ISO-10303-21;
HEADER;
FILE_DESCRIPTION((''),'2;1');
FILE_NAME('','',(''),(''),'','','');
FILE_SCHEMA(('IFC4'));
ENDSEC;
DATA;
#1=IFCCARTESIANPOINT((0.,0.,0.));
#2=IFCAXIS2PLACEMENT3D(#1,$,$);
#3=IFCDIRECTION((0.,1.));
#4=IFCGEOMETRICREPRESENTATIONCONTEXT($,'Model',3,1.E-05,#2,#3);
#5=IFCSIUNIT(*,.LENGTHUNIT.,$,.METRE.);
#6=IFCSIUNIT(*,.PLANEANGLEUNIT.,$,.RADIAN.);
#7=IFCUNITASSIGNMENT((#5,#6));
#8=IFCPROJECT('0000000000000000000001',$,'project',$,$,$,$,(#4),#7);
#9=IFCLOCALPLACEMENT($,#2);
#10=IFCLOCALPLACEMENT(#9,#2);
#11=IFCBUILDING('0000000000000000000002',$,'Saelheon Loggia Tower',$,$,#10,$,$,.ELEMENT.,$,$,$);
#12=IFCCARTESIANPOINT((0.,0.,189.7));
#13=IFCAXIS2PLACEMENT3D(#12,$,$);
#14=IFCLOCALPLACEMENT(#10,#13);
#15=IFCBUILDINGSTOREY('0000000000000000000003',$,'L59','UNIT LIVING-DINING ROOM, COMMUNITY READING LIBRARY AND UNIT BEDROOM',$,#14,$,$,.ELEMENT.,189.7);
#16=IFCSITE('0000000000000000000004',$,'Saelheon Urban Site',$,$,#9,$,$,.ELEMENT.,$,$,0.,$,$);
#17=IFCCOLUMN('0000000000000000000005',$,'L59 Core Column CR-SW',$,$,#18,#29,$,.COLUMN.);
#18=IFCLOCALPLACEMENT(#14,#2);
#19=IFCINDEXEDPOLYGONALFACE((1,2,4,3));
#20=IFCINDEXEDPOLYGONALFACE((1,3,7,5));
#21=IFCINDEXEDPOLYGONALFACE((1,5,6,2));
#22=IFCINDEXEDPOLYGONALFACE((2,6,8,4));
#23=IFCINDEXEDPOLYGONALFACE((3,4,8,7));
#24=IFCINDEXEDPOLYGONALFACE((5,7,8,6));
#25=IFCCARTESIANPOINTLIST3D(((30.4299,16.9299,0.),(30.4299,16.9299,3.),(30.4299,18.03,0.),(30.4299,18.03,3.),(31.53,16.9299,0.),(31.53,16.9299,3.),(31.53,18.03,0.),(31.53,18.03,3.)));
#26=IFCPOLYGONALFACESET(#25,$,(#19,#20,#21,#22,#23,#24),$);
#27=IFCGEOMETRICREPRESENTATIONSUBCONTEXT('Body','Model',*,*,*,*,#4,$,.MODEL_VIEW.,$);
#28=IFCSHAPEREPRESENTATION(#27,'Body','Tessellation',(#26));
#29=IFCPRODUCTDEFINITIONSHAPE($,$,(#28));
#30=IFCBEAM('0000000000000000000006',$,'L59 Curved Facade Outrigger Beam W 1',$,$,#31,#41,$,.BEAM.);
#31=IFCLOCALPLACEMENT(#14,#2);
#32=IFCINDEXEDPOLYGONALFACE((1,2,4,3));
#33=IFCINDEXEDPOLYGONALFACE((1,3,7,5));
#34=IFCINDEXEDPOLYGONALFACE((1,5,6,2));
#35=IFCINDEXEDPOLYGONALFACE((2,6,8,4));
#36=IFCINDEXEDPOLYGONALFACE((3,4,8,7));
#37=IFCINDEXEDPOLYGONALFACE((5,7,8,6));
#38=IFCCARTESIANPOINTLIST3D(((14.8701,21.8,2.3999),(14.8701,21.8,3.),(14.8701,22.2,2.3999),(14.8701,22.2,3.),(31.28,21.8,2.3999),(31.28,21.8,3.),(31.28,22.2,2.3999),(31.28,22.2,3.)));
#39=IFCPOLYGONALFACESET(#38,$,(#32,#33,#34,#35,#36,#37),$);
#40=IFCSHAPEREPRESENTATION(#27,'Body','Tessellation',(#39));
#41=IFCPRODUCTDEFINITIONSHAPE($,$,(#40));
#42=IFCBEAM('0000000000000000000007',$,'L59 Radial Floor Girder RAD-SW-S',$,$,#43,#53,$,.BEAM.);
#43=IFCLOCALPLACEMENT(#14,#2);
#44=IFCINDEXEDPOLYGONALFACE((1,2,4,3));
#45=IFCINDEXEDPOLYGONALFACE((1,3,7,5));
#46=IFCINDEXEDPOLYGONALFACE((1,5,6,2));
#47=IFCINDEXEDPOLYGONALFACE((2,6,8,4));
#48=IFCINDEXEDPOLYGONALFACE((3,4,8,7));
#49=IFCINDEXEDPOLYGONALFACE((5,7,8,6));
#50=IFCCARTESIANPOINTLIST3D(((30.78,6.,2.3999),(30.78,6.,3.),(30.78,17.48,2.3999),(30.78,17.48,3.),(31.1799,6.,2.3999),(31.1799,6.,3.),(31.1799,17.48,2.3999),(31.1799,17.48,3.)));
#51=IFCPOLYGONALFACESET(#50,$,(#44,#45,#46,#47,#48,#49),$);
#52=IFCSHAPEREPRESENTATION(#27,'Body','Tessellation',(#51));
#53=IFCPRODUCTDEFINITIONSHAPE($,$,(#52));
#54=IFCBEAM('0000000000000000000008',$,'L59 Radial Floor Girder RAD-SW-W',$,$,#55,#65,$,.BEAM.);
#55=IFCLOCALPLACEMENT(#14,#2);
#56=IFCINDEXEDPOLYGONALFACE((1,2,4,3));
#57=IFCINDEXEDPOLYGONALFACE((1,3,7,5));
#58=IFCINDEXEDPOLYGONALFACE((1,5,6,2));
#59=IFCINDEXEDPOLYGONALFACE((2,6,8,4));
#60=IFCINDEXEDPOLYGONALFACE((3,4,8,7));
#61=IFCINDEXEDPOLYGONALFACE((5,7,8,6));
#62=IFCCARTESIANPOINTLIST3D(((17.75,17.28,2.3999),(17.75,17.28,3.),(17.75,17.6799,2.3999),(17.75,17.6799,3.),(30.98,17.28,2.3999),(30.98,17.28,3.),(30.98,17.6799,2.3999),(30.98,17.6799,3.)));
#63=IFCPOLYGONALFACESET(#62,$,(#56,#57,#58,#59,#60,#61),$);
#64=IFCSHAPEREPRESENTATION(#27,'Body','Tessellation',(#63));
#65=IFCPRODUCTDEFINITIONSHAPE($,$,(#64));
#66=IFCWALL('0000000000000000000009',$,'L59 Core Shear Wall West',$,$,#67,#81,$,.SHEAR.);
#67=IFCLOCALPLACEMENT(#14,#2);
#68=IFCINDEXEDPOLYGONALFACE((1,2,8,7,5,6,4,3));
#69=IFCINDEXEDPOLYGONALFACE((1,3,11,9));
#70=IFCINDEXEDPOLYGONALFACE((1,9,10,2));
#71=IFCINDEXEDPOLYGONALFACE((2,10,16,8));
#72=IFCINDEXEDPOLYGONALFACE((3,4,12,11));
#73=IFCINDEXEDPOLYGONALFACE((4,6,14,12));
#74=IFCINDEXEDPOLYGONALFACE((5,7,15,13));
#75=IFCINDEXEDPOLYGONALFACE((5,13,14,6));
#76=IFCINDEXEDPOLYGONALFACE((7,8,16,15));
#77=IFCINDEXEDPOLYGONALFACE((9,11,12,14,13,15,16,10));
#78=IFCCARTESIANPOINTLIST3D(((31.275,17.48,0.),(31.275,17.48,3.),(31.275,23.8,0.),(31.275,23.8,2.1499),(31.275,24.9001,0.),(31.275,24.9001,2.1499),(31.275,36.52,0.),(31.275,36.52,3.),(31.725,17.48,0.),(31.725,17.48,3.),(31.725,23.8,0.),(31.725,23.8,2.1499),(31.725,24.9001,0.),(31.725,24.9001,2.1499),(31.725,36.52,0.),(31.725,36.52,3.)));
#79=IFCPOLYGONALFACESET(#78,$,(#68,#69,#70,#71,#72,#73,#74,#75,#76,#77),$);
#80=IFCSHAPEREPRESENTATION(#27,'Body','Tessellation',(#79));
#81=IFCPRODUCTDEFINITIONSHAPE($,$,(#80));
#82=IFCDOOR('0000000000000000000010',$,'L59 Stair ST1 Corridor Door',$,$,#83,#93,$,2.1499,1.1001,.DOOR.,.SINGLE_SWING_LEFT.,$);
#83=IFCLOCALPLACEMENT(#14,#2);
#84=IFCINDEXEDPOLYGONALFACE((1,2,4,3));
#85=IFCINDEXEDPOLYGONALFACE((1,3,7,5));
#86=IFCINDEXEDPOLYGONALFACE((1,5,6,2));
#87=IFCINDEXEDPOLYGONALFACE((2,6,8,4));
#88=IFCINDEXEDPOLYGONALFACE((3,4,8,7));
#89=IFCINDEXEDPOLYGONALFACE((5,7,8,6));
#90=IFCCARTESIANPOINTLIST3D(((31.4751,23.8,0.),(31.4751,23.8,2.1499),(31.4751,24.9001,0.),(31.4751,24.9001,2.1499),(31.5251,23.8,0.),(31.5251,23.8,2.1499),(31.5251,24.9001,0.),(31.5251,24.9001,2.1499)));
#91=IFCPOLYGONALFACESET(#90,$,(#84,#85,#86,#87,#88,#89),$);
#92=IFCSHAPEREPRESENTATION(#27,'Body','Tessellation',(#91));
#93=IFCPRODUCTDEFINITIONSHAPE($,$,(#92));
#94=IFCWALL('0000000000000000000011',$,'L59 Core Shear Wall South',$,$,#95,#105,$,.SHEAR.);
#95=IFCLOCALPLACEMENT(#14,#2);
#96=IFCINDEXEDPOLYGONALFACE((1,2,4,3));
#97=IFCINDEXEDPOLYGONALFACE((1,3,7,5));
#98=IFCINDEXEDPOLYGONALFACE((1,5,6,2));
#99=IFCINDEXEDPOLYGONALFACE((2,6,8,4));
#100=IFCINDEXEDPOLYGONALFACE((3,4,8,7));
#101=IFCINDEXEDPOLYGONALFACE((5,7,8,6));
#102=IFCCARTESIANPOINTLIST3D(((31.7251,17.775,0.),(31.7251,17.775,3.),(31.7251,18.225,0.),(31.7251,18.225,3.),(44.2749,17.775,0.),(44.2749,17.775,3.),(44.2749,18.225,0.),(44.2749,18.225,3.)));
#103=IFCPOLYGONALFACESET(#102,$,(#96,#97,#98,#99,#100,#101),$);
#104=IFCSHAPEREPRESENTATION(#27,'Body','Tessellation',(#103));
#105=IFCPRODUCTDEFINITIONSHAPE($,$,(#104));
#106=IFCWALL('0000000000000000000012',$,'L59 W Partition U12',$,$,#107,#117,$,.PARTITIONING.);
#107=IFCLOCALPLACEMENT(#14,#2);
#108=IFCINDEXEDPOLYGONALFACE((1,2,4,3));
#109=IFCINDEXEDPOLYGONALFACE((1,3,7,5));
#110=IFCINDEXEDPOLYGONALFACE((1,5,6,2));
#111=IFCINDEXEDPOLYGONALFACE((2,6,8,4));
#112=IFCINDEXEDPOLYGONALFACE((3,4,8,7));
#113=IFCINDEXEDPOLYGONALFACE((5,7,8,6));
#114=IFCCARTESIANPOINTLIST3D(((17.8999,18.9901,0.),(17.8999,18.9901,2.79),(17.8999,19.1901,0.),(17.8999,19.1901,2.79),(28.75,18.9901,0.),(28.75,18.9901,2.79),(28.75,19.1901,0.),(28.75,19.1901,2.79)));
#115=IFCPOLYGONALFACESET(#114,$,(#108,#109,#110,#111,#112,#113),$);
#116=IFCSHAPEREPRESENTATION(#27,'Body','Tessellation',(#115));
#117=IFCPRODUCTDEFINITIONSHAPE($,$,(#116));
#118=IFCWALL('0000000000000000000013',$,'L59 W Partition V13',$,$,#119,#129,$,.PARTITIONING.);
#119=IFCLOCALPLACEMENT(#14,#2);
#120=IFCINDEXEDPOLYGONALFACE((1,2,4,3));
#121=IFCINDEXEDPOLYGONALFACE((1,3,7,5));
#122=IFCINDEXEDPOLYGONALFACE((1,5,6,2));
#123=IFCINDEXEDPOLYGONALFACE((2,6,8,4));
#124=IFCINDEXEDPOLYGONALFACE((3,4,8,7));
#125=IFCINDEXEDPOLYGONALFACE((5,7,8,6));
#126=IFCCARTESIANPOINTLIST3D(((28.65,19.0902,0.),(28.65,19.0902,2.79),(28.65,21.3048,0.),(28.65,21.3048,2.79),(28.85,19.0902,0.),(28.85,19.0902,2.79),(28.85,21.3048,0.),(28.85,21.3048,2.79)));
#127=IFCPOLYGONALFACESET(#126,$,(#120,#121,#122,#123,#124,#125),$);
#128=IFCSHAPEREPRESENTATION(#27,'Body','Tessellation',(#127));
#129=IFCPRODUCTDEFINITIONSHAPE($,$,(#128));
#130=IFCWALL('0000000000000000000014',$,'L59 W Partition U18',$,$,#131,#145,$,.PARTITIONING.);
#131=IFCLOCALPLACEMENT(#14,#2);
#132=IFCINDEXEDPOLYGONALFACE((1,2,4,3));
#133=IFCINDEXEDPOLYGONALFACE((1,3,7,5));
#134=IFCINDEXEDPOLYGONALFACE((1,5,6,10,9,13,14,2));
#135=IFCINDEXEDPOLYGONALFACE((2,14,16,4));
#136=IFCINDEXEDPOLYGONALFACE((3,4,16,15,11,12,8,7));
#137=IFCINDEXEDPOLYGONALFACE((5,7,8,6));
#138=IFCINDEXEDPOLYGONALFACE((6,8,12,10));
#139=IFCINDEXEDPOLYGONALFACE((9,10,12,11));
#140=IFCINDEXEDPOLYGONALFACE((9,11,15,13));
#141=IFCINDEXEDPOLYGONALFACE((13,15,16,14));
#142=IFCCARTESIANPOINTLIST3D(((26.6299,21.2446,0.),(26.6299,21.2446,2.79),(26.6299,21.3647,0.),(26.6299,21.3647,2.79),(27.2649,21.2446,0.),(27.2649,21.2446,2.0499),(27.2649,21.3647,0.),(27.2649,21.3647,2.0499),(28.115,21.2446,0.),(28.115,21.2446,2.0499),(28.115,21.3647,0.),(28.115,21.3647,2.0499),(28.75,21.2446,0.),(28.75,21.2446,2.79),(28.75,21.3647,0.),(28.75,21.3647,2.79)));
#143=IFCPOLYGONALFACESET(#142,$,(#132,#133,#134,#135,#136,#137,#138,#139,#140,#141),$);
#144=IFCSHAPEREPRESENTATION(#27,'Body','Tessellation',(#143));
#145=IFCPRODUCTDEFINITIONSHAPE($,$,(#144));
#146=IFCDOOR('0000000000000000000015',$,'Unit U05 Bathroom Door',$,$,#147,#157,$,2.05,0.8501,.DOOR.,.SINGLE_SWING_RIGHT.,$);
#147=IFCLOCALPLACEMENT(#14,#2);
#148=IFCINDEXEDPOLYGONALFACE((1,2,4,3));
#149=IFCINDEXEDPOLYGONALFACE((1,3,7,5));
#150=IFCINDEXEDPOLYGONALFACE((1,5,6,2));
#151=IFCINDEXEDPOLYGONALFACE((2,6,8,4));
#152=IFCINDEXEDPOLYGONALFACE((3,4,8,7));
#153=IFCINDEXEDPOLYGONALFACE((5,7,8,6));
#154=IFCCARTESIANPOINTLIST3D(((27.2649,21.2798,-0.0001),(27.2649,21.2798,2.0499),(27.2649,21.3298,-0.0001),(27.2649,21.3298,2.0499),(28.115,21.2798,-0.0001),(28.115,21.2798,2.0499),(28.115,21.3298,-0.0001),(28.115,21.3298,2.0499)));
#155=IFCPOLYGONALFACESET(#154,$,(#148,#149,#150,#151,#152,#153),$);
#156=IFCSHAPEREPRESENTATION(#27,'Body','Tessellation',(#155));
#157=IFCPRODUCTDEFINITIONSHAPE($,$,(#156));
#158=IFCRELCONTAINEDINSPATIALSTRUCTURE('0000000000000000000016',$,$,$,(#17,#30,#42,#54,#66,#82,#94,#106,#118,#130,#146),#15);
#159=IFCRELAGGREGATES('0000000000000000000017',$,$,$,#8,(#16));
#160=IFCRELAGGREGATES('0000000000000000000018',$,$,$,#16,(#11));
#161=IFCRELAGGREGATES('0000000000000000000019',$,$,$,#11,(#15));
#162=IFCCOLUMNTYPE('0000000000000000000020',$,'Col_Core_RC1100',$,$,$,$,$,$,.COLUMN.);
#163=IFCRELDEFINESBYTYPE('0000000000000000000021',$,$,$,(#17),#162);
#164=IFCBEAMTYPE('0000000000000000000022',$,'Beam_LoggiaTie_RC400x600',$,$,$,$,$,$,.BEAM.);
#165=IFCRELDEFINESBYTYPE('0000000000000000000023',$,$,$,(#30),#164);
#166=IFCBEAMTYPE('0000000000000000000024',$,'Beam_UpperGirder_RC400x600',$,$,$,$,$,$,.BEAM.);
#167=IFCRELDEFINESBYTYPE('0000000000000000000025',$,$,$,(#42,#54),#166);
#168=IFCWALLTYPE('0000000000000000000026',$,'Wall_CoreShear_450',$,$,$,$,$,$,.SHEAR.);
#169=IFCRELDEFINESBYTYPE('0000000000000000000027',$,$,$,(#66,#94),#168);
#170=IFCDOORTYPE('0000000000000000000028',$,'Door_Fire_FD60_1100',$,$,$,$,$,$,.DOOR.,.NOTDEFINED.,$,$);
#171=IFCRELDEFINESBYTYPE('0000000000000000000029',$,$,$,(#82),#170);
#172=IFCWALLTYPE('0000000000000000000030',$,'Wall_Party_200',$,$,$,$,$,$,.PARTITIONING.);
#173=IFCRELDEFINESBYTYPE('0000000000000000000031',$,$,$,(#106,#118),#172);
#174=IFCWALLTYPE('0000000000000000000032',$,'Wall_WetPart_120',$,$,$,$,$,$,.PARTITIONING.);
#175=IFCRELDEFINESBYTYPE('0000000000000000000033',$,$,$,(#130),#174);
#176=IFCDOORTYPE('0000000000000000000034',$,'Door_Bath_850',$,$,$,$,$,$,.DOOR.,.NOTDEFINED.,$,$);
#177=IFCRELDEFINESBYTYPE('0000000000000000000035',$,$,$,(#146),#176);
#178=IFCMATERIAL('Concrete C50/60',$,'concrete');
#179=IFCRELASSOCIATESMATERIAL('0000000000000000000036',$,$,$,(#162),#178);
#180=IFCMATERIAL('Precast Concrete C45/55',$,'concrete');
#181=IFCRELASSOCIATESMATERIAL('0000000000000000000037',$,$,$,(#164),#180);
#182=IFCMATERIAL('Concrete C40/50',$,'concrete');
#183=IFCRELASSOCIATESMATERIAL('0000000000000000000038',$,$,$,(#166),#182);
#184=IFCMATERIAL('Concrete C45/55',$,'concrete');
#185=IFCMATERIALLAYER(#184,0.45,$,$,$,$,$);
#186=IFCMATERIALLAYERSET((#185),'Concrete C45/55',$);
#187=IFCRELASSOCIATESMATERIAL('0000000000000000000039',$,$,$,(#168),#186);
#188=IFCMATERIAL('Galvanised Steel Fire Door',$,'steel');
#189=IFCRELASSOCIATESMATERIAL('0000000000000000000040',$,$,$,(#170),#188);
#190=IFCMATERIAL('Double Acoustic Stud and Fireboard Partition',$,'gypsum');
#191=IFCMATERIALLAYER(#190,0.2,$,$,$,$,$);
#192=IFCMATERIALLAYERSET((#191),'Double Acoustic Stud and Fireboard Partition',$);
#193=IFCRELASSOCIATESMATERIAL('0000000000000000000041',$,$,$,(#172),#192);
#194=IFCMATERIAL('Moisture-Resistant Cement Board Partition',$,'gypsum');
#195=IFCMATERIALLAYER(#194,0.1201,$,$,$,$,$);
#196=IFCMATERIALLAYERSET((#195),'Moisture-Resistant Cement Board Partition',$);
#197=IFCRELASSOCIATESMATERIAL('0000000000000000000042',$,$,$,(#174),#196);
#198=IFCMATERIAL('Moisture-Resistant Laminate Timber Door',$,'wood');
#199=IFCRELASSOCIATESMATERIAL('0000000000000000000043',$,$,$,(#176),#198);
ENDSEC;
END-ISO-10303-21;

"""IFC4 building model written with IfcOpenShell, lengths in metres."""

from ifc_helpers import new_model, si_unit, direction, frame, frame_2d, origin, origin_2d, place, context, subcontext, project, spatial, rectangle, extrude, source, transform, mapped, material, layer, layer_set, material_profile, profile_set, type_object, element, fill, save


model = new_model("IFC4")

# Units and contexts
model_context = context("Model", 3, precision=1e-05, world=origin(), true_north=direction((0.0, 1.0)))
body_context = subcontext(model_context, "Body", "Model", "MODEL_VIEW")
ifc_project = project(units=[si_unit("LENGTHUNIT", "METRE"), si_unit("PLANEANGLEUNIT", "RADIAN")], contexts=[model_context])

# Site, building, storey
site_placement = place(None, origin())
site = spatial("IfcSite", under=ifc_project, at=site_placement, Name="Saelheon Urban Site", CompositionType="ELEMENT", RefElevation=0.0)
building_placement = place(site_placement, origin())
building = spatial("IfcBuilding", under=site, at=building_placement, Name="Saelheon Loggia Tower", CompositionType="ELEMENT")
storey_placement = place(building_placement, frame((0.0, 0.0, 189.7)))
storey = spatial("IfcBuildingStorey", under=building, at=storey_placement, Name="L59", Description="UNIT LIVING-DINING ROOM, COMMUNITY READING LIBRARY AND UNIT BEDROOM", CompositionType="ELEMENT", Elevation=189.7)

# Column
ifc_material_1 = material(Name="Concrete C50/60", Category="concrete")
ifc_material_profile_1 = material_profile(ifc_material_1, rectangle(XDim=1.1001, YDim=1.1001, at=origin_2d()), Name="RC-1100x1100")
ifc_profile_set_1 = profile_set([ifc_material_profile_1], Name="Concrete C50/60")
column_type = type_object("IfcColumnType", Name="Col_Core_RC1100", PredefinedType="COLUMN", material=ifc_profile_set_1)
shared_shape_1 = source(origin(), body_context, "Body", "SweptSolid", [
    extrude(rectangle(XDim=1.1001, YDim=1.1001, at=origin_2d()), origin(), (0.0, 0.0, 1.0), 3.0),
])
column_placement = place(storey_placement, frame((30.98, 17.48, 0.0), z_axis=(0.0, 0.0, 1.0), x_axis=(1.0, 0.0, 0.0)))
element("IfcColumn", 1, at=column_placement, inside=storey, type_object=column_type, Name="L59 Core Column CR-SW", PredefinedType="COLUMN", context=body_context, shape_type="MappedRepresentation", body=[
    mapped(shared_shape_1, transform((0.0, 0.0, 0.0), scale=1.0)),
])

# Beams
ifc_material_2 = material(Name="Precast Concrete C45/55", Category="concrete")
ifc_material_profile_2 = material_profile(ifc_material_2, rectangle(XDim=0.3999, YDim=0.6001, at=origin_2d()), Name="RC-400x600")
ifc_profile_set_2 = profile_set([ifc_material_profile_2], Name="Precast Concrete C45/55")
beam_type_1 = type_object("IfcBeamType", Name="Beam_LoggiaTie_RC400x600", PredefinedType="BEAM", material=ifc_profile_set_2)
shared_shape_2 = source(origin(), body_context, "Body", "SweptSolid", [
    extrude(rectangle(XDim=0.3999, YDim=0.6001, at=origin_2d()), origin(), (0.0, 0.0, 1.0), 16.4099),
])
beam_1_placement = place(storey_placement, frame((31.28, 22.0, 2.7), z_axis=(-1.0, 0.0, 0.0), x_axis=(0.0, -1.0, 0.0)))
element("IfcBeam", 2, at=beam_1_placement, inside=storey, type_object=beam_type_1, Name="L59 Curved Facade Outrigger Beam W 1", PredefinedType="BEAM", context=body_context, shape_type="MappedRepresentation", body=[
    mapped(shared_shape_2, transform((0.0, 0.0, 0.0), scale=1.0)),
])
ifc_material_3 = material(Name="Concrete C40/50", Category="concrete")
ifc_material_profile_3 = material_profile(ifc_material_3, rectangle(XDim=0.3999, YDim=0.6001, at=origin_2d()), Name="RC-400x600")
ifc_profile_set_3 = profile_set([ifc_material_profile_3], Name="Concrete C40/50")
beam_type_2 = type_object("IfcBeamType", Name="Beam_UpperGirder_RC400x600", PredefinedType="BEAM", material=ifc_profile_set_3)
shared_shape_3 = source(origin(), body_context, "Body", "SweptSolid", [
    extrude(rectangle(XDim=0.3999, YDim=0.6001, at=origin_2d()), origin(), (0.0, 0.0, 1.0), 11.48),
])
beam_2_placement = place(storey_placement, frame((30.98, 17.48, 2.7), z_axis=(0.0, -1.0, 0.0), x_axis=(1.0, 0.0, 0.0)))
element("IfcBeam", 3, at=beam_2_placement, inside=storey, type_object=beam_type_2, Name="L59 Radial Floor Girder RAD-SW-S", PredefinedType="BEAM", context=body_context, shape_type="MappedRepresentation", body=[
    mapped(shared_shape_3, transform((0.0, 0.0, 0.0), scale=1.0)),
])
shared_shape_4 = source(origin(), body_context, "Body", "SweptSolid", [
    extrude(rectangle(XDim=0.3999, YDim=0.6001, at=origin_2d()), origin(), (0.0, 0.0, 1.0), 13.23),
])
beam_3_placement = place(storey_placement, frame((30.98, 17.48, 2.7), z_axis=(-1.0, 0.0, 0.0), x_axis=(0.0, -1.0, 0.0)))
element("IfcBeam", 4, at=beam_3_placement, inside=storey, type_object=beam_type_2, Name="L59 Radial Floor Girder RAD-SW-W", PredefinedType="BEAM", context=body_context, shape_type="MappedRepresentation", body=[
    mapped(shared_shape_4, transform((0.0, 0.0, 0.0), scale=1.0)),
])

# Wall, opening, door
ifc_material_4 = material(Name="Concrete C45/55", Category="concrete")
ifc_layer_1 = layer(ifc_material_4, 0.45)
ifc_layer_set_1 = layer_set([ifc_layer_1], Name="Concrete C45/55")
wall_type_1 = type_object("IfcWallType", Name="Wall_CoreShear_450", PredefinedType="SHEAR", material=ifc_layer_set_1)
wall_1_placement = place(storey_placement, frame((31.5, 17.48, 0.0), z_axis=(0.0, 0.0, 1.0), x_axis=(0.0, 1.0, 0.0)))
wall_1 = element("IfcWall", 5, at=wall_1_placement, inside=storey, type_object=wall_type_1, Name="L59 Core Shear Wall West", PredefinedType="SHEAR", context=body_context, shape_type="SweptSolid", body=[
    extrude(rectangle(XDim=19.04, YDim=0.45, at=frame_2d((9.52, 0.0))), origin(), (0.0, 0.0, 1.0), 3.0),
])
opening_1_placement = place(wall_1_placement, frame((6.3201, 0.0, 0.0)))
opening_1 = element("IfcOpeningElement", 6, at=opening_1_placement, cuts=wall_1, PredefinedType="OPENING", context=body_context, shape_type="SweptSolid", body=[
    extrude(rectangle(XDim=1.1001, YDim=2.1499, at=frame_2d((0.55, 1.075))), frame((0.0, 0.2371, 0.0), z_axis=(0.0, -1.0, 0.0), x_axis=(1.0, 0.0, 0.0)), (0.0, 0.0, 1.0), 0.4739),
])
ifc_material_5 = material(Name="Galvanised Steel Fire Door", Category="steel")
door_type_1 = type_object("IfcDoorType", Name="Door_Fire_FD60_1100", OperationType="NOTDEFINED", PredefinedType="DOOR", material=ifc_material_5)
shared_shape_5 = source(origin(), body_context, "Body", "SweptSolid", [
    extrude(rectangle(XDim=1.1001, YDim=2.1499, at=frame_2d((0.55, 1.075))), frame((0.0, 0.0249, 0.0), z_axis=(0.0, -1.0, 0.0), x_axis=(1.0, 0.0, 0.0)), (0.0, 0.0, 1.0), 0.05),
])
door_1_placement = place(opening_1_placement, origin())
door_1 = element("IfcDoor", 7, at=door_1_placement, inside=storey, type_object=door_type_1, Name="L59 Stair ST1 Corridor Door", OperationType="SINGLE_SWING_LEFT", OverallHeight=2.1499, OverallWidth=1.1001, PredefinedType="DOOR", context=body_context, shape_type="MappedRepresentation", body=[
    mapped(shared_shape_5, transform((0.0, 0.0, 0.0), scale=1.0)),
])
fill(opening_1, door_1)

# Walls
wall_2_placement = place(storey_placement, frame((31.7251, 18.0, 0.0), z_axis=(0.0, 0.0, 1.0), x_axis=(1.0, 0.0, 0.0)))
element("IfcWall", 8, at=wall_2_placement, inside=storey, type_object=wall_type_1, Name="L59 Core Shear Wall South", PredefinedType="SHEAR", context=body_context, shape_type="SweptSolid", body=[
    extrude(rectangle(XDim=12.5498, YDim=0.45, at=frame_2d((6.2749, 0.0))), origin(), (0.0, 0.0, 1.0), 3.0),
])
ifc_material_6 = material(Name="Double Acoustic Stud and Fireboard Partition", Category="gypsum")
ifc_layer_2 = layer(ifc_material_6, 0.2)
ifc_layer_set_2 = layer_set([ifc_layer_2], Name="Double Acoustic Stud and Fireboard Partition")
wall_type_2 = type_object("IfcWallType", Name="Wall_Party_200", PredefinedType="PARTITIONING", material=ifc_layer_set_2)
wall_3_placement = place(storey_placement, frame((28.75, 19.0901, 0.0), z_axis=(0.0, 0.0, 1.0), x_axis=(-1.0, 0.0, 0.0)))
element("IfcWall", 9, at=wall_3_placement, inside=storey, type_object=wall_type_2, Name="L59 W Partition U12", PredefinedType="PARTITIONING", context=body_context, shape_type="SweptSolid", body=[
    extrude(rectangle(XDim=10.8501, YDim=0.2, at=frame_2d((5.425, 0.0))), origin(), (0.0, 0.0, 1.0), 2.79),
])
wall_4_placement = place(storey_placement, frame((28.75, 19.0901, 0.0), z_axis=(0.0, 0.0, 1.0), x_axis=(0.0, 1.0, 0.0)))
element("IfcWall", 10, at=wall_4_placement, inside=storey, type_object=wall_type_2, Name="L59 W Partition V13", PredefinedType="PARTITIONING", context=body_context, shape_type="SweptSolid", body=[
    extrude(rectangle(XDim=2.2146, YDim=0.2, at=frame_2d((1.1074, 0.0))), origin(), (0.0, 0.0, 1.0), 2.79),
])

# Wall, opening, door
ifc_material_7 = material(Name="Moisture-Resistant Cement Board Partition", Category="gypsum")
ifc_layer_3 = layer(ifc_material_7, 0.1201)
ifc_layer_set_3 = layer_set([ifc_layer_3], Name="Moisture-Resistant Cement Board Partition")
wall_type_3 = type_object("IfcWallType", Name="Wall_WetPart_120", PredefinedType="PARTITIONING", material=ifc_layer_set_3)
wall_5_placement = place(storey_placement, frame((28.75, 21.3047, 0.0), z_axis=(0.0, 0.0, 1.0), x_axis=(-1.0, 0.0, 0.0)))
wall_5 = element("IfcWall", 11, at=wall_5_placement, inside=storey, type_object=wall_type_3, Name="L59 W Partition U18", PredefinedType="PARTITIONING", context=body_context, shape_type="SweptSolid", body=[
    extrude(rectangle(XDim=2.1201, YDim=0.1201, at=frame_2d((1.0601, 0.0))), origin(), (0.0, 0.0, 1.0), 2.79),
])
opening_2_placement = place(wall_5_placement, frame((0.635, 0.0, 0.0)))
opening_2 = element("IfcOpeningElement", 12, at=opening_2_placement, cuts=wall_5, PredefinedType="OPENING", context=body_context, shape_type="SweptSolid", body=[
    extrude(rectangle(XDim=0.8501, YDim=2.05, at=frame_2d((0.425, 1.0249))), frame((0.0, 0.072, 0.0), z_axis=(0.0, -1.0, 0.0), x_axis=(1.0, 0.0, 0.0)), (0.0, 0.0, 1.0), 0.144),
])
ifc_material_8 = material(Name="Moisture-Resistant Laminate Timber Door", Category="wood")
door_type_2 = type_object("IfcDoorType", Name="Door_Bath_850", OperationType="NOTDEFINED", PredefinedType="DOOR", material=ifc_material_8)
shared_shape_6 = source(origin(), body_context, "Body", "SweptSolid", [
    extrude(rectangle(XDim=0.8501, YDim=2.05, at=frame_2d((0.425, 1.0249))), frame((0.0, 0.0249, 0.0), z_axis=(0.0, -1.0, 0.0), x_axis=(1.0, 0.0, 0.0)), (0.0, 0.0, 1.0), 0.05),
])
door_2_placement = place(opening_2_placement, origin())
door_2 = element("IfcDoor", 13, at=door_2_placement, inside=storey, type_object=door_type_2, Name="Unit U05 Bathroom Door", OperationType="SINGLE_SWING_RIGHT", OverallHeight=2.05, OverallWidth=0.8501, PredefinedType="DOOR", context=body_context, shape_type="MappedRepresentation", body=[
    mapped(shared_shape_6, transform((0.0, 0.0, 0.0), scale=1.0)),
])
fill(opening_2, door_2)

save(model, "model.ifc")
